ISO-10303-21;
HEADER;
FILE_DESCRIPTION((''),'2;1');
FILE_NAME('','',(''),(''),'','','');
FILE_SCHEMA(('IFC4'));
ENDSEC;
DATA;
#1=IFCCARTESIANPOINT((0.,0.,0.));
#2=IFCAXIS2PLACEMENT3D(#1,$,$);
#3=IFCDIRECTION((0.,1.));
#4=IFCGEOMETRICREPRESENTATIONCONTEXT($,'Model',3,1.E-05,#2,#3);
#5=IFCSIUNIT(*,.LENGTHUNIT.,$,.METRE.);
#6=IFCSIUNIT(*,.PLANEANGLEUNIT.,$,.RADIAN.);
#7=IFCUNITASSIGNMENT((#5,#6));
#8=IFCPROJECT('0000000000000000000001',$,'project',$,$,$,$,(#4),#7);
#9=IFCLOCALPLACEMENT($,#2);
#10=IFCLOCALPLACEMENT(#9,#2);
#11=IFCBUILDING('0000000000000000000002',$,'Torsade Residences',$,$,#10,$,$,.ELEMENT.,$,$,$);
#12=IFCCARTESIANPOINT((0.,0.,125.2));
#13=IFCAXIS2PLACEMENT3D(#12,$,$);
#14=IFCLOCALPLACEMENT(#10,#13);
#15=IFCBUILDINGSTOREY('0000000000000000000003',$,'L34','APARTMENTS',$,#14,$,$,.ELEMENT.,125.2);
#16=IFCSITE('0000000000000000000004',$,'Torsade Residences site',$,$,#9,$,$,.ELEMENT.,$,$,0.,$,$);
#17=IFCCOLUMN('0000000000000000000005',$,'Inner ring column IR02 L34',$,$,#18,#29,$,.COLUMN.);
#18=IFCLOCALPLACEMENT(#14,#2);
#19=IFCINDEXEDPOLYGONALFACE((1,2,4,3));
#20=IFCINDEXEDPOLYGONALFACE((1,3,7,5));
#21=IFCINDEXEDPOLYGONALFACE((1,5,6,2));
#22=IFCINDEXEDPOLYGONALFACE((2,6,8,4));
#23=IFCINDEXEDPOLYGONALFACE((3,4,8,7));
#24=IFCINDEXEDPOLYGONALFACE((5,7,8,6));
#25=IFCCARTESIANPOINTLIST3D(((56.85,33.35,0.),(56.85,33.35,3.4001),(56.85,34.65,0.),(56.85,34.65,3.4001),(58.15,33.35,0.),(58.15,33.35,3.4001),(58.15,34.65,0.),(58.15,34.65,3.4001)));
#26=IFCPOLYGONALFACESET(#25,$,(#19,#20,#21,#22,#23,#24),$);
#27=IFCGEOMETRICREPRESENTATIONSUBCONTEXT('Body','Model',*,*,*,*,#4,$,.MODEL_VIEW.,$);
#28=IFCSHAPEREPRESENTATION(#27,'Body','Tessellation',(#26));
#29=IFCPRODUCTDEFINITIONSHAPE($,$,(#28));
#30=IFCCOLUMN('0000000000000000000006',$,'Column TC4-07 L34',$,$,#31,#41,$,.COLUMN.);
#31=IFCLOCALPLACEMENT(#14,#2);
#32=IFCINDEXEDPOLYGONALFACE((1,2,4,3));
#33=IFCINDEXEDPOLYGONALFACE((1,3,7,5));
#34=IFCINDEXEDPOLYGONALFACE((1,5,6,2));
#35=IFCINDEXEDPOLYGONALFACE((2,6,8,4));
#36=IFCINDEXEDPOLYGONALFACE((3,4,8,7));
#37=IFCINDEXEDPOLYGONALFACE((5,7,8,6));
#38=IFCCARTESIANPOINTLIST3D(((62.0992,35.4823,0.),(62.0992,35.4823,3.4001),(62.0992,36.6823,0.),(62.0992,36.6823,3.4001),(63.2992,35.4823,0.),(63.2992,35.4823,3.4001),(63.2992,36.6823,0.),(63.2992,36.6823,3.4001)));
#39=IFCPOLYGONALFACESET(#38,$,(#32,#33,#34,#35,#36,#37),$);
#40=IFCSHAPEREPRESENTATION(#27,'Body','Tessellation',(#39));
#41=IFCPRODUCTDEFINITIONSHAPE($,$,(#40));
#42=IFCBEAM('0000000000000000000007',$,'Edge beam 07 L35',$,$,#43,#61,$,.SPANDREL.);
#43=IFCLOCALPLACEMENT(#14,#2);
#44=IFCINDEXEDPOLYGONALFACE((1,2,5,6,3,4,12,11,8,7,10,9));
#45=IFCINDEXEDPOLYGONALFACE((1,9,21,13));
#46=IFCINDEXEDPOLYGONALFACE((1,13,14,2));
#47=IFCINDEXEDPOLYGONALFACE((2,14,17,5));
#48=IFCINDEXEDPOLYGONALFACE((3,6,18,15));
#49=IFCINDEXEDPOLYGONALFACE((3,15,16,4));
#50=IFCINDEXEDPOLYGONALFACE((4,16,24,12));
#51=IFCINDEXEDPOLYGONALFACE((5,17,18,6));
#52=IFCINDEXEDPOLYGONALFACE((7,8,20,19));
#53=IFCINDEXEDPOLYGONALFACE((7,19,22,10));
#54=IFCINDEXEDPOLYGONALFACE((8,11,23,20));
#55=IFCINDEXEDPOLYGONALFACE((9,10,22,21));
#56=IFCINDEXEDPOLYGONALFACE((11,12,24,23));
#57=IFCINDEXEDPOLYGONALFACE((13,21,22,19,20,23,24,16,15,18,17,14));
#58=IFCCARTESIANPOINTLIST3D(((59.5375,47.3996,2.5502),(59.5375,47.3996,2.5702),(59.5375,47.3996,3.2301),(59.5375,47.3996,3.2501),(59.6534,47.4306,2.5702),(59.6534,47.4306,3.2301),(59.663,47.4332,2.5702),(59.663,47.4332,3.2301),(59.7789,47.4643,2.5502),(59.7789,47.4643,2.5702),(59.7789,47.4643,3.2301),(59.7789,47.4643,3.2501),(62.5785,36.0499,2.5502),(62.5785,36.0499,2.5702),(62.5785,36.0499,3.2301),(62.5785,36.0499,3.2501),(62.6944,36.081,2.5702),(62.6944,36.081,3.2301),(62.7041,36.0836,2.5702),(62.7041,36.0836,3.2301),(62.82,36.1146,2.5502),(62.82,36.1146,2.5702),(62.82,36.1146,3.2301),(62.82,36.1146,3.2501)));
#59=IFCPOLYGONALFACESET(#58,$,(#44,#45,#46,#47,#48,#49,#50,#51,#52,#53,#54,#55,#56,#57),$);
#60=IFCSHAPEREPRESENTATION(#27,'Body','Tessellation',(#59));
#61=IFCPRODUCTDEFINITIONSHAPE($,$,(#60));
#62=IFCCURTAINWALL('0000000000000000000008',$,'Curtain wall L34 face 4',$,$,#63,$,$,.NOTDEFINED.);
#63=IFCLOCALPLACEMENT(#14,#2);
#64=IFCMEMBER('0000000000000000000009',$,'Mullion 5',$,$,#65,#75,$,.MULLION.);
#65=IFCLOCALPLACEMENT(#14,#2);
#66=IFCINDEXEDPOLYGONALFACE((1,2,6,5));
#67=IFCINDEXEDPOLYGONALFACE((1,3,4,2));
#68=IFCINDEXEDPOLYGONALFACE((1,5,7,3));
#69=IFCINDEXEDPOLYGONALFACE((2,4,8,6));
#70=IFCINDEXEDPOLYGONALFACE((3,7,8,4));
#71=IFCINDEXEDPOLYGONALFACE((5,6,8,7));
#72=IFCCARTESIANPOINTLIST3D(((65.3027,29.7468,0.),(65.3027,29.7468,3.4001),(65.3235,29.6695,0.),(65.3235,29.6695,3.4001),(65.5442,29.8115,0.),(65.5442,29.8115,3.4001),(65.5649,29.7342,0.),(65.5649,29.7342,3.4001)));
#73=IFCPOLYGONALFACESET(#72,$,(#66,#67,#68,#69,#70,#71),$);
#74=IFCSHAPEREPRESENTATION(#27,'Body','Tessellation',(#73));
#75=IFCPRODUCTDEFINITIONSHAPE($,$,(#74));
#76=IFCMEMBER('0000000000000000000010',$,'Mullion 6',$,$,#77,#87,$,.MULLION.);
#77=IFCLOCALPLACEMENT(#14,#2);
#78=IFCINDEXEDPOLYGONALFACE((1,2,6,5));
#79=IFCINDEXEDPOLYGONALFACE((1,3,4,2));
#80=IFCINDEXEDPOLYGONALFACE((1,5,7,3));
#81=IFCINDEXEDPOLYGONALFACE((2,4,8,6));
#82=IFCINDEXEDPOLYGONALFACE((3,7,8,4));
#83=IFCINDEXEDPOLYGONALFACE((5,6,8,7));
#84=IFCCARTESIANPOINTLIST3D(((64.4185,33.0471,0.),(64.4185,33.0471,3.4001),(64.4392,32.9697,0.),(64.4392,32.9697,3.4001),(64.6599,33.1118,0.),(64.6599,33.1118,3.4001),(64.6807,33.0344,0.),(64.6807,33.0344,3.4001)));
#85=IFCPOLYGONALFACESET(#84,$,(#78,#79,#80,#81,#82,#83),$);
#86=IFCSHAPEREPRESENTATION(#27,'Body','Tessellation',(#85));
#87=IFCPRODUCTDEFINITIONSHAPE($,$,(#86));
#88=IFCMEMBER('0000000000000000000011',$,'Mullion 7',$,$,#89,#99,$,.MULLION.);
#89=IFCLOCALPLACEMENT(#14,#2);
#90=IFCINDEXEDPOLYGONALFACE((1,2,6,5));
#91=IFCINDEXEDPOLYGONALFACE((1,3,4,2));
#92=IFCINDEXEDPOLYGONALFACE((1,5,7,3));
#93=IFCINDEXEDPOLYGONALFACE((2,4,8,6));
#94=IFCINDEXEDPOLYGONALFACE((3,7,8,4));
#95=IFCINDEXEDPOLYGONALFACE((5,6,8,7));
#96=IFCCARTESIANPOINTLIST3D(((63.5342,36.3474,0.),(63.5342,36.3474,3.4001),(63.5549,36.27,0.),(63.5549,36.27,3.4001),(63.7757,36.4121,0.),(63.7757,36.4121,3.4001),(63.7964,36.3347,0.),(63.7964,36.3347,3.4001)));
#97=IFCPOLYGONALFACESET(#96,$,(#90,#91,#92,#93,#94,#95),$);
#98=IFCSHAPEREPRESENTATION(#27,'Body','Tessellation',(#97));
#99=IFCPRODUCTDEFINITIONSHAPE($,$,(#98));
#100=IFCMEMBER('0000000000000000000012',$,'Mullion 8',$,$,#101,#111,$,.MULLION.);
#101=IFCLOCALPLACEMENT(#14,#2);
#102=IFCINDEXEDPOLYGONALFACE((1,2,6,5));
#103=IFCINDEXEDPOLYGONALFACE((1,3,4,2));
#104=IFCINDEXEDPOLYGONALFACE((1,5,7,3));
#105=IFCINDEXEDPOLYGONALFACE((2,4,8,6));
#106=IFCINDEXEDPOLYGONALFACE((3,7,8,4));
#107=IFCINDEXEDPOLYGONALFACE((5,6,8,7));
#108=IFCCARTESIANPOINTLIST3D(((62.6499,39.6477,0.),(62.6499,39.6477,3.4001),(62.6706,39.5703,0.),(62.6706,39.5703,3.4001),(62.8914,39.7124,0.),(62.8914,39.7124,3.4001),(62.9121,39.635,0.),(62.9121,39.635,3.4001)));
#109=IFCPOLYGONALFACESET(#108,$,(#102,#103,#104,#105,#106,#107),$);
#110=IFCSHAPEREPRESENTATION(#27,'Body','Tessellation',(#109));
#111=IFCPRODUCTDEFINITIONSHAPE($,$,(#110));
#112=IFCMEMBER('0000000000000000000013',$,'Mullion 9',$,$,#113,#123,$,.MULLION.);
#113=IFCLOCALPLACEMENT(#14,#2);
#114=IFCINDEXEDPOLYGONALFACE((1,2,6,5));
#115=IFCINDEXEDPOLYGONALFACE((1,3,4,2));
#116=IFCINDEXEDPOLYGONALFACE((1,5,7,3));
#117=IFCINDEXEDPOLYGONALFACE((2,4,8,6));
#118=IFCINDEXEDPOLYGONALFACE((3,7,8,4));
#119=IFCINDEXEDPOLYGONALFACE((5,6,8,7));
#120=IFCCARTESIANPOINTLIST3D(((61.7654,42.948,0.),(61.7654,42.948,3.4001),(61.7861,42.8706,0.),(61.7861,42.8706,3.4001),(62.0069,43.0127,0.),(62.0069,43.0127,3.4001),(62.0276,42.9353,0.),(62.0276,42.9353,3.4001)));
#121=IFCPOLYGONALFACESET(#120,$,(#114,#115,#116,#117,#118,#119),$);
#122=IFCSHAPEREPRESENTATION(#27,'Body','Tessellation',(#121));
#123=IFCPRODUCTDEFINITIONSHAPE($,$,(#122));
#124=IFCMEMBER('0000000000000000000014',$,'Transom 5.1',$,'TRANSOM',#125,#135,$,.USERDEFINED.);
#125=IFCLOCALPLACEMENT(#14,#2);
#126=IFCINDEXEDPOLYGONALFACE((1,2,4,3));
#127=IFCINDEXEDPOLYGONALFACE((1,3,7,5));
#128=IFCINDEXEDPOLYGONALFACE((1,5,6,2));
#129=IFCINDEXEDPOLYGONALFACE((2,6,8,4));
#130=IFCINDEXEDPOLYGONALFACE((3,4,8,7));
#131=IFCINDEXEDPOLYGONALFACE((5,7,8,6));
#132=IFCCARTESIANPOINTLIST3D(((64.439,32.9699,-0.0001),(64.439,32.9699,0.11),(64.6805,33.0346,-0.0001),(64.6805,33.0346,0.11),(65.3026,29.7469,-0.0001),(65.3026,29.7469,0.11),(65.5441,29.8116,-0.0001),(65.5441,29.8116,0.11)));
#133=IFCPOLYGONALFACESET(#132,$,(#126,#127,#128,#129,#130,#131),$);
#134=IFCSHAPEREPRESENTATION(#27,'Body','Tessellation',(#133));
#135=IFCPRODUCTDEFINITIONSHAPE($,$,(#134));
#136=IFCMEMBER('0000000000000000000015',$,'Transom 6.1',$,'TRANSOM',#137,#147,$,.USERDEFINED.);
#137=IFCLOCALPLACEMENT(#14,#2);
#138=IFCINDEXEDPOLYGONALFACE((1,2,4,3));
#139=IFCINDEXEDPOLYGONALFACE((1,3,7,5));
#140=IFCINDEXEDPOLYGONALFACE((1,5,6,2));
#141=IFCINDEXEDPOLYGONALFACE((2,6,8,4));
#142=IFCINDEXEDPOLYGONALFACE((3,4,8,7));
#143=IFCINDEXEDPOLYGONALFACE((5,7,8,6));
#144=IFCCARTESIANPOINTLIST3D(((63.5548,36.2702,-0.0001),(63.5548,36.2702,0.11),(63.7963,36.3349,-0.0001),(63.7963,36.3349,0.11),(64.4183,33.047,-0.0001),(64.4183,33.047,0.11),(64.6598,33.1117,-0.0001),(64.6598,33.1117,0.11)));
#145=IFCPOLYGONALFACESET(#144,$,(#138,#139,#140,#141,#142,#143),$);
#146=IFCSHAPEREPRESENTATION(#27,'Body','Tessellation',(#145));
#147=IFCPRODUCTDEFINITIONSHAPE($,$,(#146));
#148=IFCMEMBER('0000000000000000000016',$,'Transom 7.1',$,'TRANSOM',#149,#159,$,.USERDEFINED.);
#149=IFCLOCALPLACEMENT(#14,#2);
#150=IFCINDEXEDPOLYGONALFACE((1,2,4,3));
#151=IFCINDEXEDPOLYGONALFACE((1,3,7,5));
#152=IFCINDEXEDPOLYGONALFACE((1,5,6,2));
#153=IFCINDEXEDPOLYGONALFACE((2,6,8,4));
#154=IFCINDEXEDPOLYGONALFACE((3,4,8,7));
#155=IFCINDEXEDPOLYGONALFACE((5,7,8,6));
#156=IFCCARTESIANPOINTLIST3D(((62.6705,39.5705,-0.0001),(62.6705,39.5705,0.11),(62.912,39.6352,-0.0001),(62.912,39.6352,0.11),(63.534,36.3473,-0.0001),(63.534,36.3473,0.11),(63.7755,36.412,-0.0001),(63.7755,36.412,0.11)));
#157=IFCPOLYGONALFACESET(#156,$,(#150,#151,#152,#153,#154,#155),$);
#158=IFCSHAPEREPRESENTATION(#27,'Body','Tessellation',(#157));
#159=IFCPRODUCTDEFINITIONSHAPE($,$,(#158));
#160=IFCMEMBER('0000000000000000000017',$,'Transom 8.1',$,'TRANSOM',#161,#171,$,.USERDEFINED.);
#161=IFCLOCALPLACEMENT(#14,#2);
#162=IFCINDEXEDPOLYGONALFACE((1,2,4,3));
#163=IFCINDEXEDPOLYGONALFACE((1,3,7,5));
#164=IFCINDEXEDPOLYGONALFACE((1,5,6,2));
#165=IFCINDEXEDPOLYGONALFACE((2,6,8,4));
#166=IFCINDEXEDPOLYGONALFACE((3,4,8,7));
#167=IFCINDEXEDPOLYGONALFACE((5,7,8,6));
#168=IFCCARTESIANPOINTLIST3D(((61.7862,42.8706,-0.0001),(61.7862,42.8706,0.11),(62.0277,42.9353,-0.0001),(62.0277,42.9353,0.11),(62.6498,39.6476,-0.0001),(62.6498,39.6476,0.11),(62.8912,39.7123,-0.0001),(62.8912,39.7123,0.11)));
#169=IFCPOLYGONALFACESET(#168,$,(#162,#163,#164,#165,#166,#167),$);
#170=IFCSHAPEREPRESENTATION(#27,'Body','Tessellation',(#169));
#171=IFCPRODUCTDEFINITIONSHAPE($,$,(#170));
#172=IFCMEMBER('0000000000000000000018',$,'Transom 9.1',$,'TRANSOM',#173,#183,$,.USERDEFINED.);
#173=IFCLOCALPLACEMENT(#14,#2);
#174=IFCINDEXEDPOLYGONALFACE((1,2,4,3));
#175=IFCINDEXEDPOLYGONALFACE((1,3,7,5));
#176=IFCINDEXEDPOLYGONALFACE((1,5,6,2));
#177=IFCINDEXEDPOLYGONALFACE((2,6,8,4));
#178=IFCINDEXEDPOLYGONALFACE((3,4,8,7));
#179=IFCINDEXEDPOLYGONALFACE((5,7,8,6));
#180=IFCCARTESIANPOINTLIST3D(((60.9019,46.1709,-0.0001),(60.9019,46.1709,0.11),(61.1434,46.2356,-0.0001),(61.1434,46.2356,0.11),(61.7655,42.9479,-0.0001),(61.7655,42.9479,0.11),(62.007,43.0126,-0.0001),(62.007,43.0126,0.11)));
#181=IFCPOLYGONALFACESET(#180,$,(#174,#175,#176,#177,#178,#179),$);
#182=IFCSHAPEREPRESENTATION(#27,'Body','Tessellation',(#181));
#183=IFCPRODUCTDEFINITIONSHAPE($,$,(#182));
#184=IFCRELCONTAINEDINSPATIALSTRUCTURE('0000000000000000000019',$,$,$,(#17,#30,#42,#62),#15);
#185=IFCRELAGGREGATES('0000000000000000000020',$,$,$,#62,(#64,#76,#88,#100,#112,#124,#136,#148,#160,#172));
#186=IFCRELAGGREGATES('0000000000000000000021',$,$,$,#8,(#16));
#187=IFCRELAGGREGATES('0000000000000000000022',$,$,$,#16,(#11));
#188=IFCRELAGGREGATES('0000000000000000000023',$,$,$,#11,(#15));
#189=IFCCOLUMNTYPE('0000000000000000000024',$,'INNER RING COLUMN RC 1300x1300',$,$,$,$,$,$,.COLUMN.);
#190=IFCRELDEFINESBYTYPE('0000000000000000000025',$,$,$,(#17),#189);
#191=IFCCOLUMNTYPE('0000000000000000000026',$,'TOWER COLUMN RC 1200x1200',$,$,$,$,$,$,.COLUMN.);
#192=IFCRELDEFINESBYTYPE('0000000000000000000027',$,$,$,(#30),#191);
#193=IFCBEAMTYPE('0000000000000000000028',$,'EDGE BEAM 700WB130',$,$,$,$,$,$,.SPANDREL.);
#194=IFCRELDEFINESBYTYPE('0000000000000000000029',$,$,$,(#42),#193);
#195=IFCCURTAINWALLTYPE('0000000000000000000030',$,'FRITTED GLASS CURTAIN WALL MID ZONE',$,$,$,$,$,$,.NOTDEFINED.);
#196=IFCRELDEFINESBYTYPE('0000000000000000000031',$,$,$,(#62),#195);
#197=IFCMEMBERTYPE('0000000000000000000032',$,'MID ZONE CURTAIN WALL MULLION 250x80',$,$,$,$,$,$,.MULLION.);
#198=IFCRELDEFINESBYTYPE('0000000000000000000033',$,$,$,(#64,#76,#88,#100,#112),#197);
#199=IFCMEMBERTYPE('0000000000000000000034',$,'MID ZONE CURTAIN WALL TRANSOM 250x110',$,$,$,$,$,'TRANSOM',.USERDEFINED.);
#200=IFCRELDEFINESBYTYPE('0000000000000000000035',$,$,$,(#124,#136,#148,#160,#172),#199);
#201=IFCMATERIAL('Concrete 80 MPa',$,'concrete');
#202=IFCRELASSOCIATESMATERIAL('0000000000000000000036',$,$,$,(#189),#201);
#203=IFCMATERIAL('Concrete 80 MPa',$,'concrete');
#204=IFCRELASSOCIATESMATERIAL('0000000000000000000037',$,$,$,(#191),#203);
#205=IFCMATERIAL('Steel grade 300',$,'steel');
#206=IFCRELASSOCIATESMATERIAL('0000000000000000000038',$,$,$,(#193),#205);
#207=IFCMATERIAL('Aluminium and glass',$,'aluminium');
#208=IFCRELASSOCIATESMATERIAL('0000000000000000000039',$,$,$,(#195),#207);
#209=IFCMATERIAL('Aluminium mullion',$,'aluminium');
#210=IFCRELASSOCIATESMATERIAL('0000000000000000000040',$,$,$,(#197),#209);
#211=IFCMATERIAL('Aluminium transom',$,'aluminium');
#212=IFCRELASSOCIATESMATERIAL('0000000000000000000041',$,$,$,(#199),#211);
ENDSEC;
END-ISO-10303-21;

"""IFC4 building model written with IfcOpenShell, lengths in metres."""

from ifc_helpers import new_model, si_unit, direction, frame, origin, origin_2d, place, context, subcontext, project, spatial, rectangle, i_section, extrude, material, material_profile, profile_set, type_object, element, aggregate, save


model = new_model("IFC4")

# Units and contexts
model_context = context("Model", 3, precision=1e-05, world=origin(), true_north=direction((0.0, 1.0)))
body_context = subcontext(model_context, "Body", "Model", "MODEL_VIEW")
ifc_project = project(units=[si_unit("LENGTHUNIT", "METRE"), si_unit("PLANEANGLEUNIT", "RADIAN")], contexts=[model_context])

# Site, building, storey
site_placement = place(None, origin())
site = spatial("IfcSite", under=ifc_project, at=site_placement, Name="Torsade Residences site", CompositionType="ELEMENT", RefElevation=0.0)
building_placement = place(site_placement, origin())
building = spatial("IfcBuilding", under=site, at=building_placement, Name="Torsade Residences", CompositionType="ELEMENT")
storey_placement = place(building_placement, frame((0.0, 0.0, 125.2)))
storey = spatial("IfcBuildingStorey", under=building, at=storey_placement, Name="L34", Description="APARTMENTS", CompositionType="ELEMENT", Elevation=125.2)

# Columns
ifc_material_1 = material(Name="Concrete 80 MPa", Category="concrete")
ifc_material_profile_1 = material_profile(ifc_material_1, rectangle(XDim=1.3, YDim=1.3, at=origin_2d()), Name="RC 1300x1300")
ifc_profile_set_1 = profile_set([ifc_material_profile_1], Name="Concrete 80 MPa")
column_type_1 = type_object("IfcColumnType", Name="INNER RING COLUMN RC 1300x1300", PredefinedType="COLUMN", material=ifc_profile_set_1)
column_1_placement = place(storey_placement, frame((57.5, 34.0, 0.0), z_axis=(0.0, 0.0, 1.0), x_axis=(1.0, 0.0, 0.0)))
element("IfcColumn", 1, at=column_1_placement, inside=storey, type_object=column_type_1, Name="Inner ring column IR02 L34", PredefinedType="COLUMN", context=body_context, shape_type="SweptSolid", body=[
    extrude(rectangle(XDim=1.3, YDim=1.3, at=origin_2d()), origin(), (0.0, 0.0, 1.0), 3.4001),
])
ifc_material_2 = material(Name="Concrete 80 MPa", Category="concrete")
ifc_material_profile_2 = material_profile(ifc_material_2, rectangle(XDim=1.2, YDim=1.2, at=origin_2d()), Name="RC 1200x1200")
ifc_profile_set_2 = profile_set([ifc_material_profile_2], Name="Concrete 80 MPa")
column_type_2 = type_object("IfcColumnType", Name="TOWER COLUMN RC 1200x1200", PredefinedType="COLUMN", material=ifc_profile_set_2)
column_2_placement = place(storey_placement, frame((62.6992, 36.0823, 0.0), z_axis=(0.0, 0.0, 1.0), x_axis=(1.0, 0.0, 0.0)))
element("IfcColumn", 2, at=column_2_placement, inside=storey, type_object=column_type_2, Name="Column TC4-07 L34", PredefinedType="COLUMN", context=body_context, shape_type="SweptSolid", body=[
    extrude(rectangle(XDim=1.2, YDim=1.2, at=origin_2d()), origin(), (0.0, 0.0, 1.0), 3.4001),
])

# Beam
ifc_material_3 = material(Name="Steel grade 300", Category="steel")
ifc_material_profile_3 = material_profile(ifc_material_3, i_section(OverallWidth=0.25, OverallDepth=0.7, WebThickness=0.01, FlangeThickness=0.02, at=origin_2d()), Name="700WB130")
ifc_profile_set_3 = profile_set([ifc_material_profile_3], Name="Steel grade 300")
beam_type_1 = type_object("IfcBeamType", Name="EDGE BEAM 700WB130", PredefinedType="SPANDREL", material=ifc_profile_set_3)
beam_1_placement = place(storey_placement, frame((62.6992, 36.0823, 2.9001), z_axis=(-0.258811, 0.965928, 0.0), x_axis=(-0.965928, -0.258811, 0.0)))
element("IfcBeam", 3, at=beam_1_placement, inside=storey, type_object=beam_type_1, Name="Edge beam 07 L35", PredefinedType="SPANDREL", context=body_context, shape_type="SweptSolid", body=[
    extrude(i_section(OverallWidth=0.25, OverallDepth=0.7, WebThickness=0.01, FlangeThickness=0.02, at=origin_2d()), origin(), (0.0, 0.0, 1.0), 11.75),
])

# Curtain wall, members
ifc_material_4 = material(Name="Aluminium and glass", Category="aluminium")
curtain_wall_type = type_object("IfcCurtainWallType", Name="FRITTED GLASS CURTAIN WALL MID ZONE", PredefinedType="NOTDEFINED", material=ifc_material_4)
curtain_wall_placement = place(storey_placement, origin())
curtain_wall = element("IfcCurtainWall", 4, at=curtain_wall_placement, inside=storey, type_object=curtain_wall_type, Name="Curtain wall L34 face 4", PredefinedType="NOTDEFINED")
ifc_material_5 = material(Name="Aluminium mullion", Category="aluminium")
ifc_material_profile_4 = material_profile(ifc_material_5, rectangle(XDim=0.25, YDim=0.0801, at=origin_2d()), Name="MID ZONE CURTAIN WALL MULLION 250x80")
ifc_profile_set_4 = profile_set([ifc_material_profile_4], Name="Aluminium mullion")
member_type_1 = type_object("IfcMemberType", Name="MID ZONE CURTAIN WALL MULLION 250x80", PredefinedType="MULLION", material=ifc_profile_set_4)
member_1_placement = place(storey_placement, frame((65.4338, 29.7405, 0.0), z_axis=(0.0, 0.0, 1.0), x_axis=(-0.965926, -0.258819, 0.0)))
member_1 = element("IfcMember", 5, at=member_1_placement, type_object=member_type_1, Name="Mullion 5", PredefinedType="MULLION", context=body_context, shape_type="SweptSolid", body=[
    extrude(rectangle(XDim=0.25, YDim=0.0801, at=origin_2d()), origin(), (0.0, 0.0, 1.0), 3.4001),
])
member_2_placement = place(storey_placement, frame((64.5496, 33.0408, 0.0), z_axis=(0.0, 0.0, 1.0), x_axis=(-0.965926, -0.258819, 0.0)))
member_2 = element("IfcMember", 6, at=member_2_placement, type_object=member_type_1, Name="Mullion 6", PredefinedType="MULLION", context=body_context, shape_type="SweptSolid", body=[
    extrude(rectangle(XDim=0.25, YDim=0.0801, at=origin_2d()), origin(), (0.0, 0.0, 1.0), 3.4001),
])
member_3_placement = place(storey_placement, frame((63.6653, 36.3411, 0.0), z_axis=(0.0, 0.0, 1.0), x_axis=(-0.965926, -0.258819, 0.0)))
member_3 = element("IfcMember", 7, at=member_3_placement, type_object=member_type_1, Name="Mullion 7", PredefinedType="MULLION", context=body_context, shape_type="SweptSolid", body=[
    extrude(rectangle(XDim=0.25, YDim=0.0801, at=origin_2d()), origin(), (0.0, 0.0, 1.0), 3.4001),
])
member_4_placement = place(storey_placement, frame((62.781, 39.6414, 0.0), z_axis=(0.0, 0.0, 1.0), x_axis=(-0.965926, -0.258819, 0.0)))
member_4 = element("IfcMember", 8, at=member_4_placement, type_object=member_type_1, Name="Mullion 8", PredefinedType="MULLION", context=body_context, shape_type="SweptSolid", body=[
    extrude(rectangle(XDim=0.25, YDim=0.0801, at=origin_2d()), origin(), (0.0, 0.0, 1.0), 3.4001),
])
member_5_placement = place(storey_placement, frame((61.8965, 42.9417, 0.0), z_axis=(0.0, 0.0, 1.0), x_axis=(-0.965926, -0.258819, 0.0)))
member_5 = element("IfcMember", 9, at=member_5_placement, type_object=member_type_1, Name="Mullion 9", PredefinedType="MULLION", context=body_context, shape_type="SweptSolid", body=[
    extrude(rectangle(XDim=0.25, YDim=0.0801, at=origin_2d()), origin(), (0.0, 0.0, 1.0), 3.4001),
])
ifc_material_6 = material(Name="Aluminium transom", Category="aluminium")
ifc_material_profile_5 = material_profile(ifc_material_6, rectangle(XDim=0.25, YDim=0.1101, at=origin_2d()), Name="MID ZONE CURTAIN WALL TRANSOM 250x110")
ifc_profile_set_5 = profile_set([ifc_material_profile_5], Name="Aluminium transom")
member_type_2 = type_object("IfcMemberType", Name="MID ZONE CURTAIN WALL TRANSOM 250x110", ElementType="TRANSOM", PredefinedType="USERDEFINED", material=ifc_profile_set_5)
member_6_placement = place(storey_placement, frame((65.4233, 29.7793, 0.0549), z_axis=(-0.258806, 0.965929, 0.0), x_axis=(-0.965929, -0.258806, 0.0)))
member_6 = element("IfcMember", 10, at=member_6_placement, type_object=member_type_2, Name="Transom 5.1", ObjectType="TRANSOM", PredefinedType="USERDEFINED", context=body_context, shape_type="SweptSolid", body=[
    extrude(rectangle(XDim=0.25, YDim=0.1101, at=origin_2d()), origin(), (0.0, 0.0, 1.0), 3.3367),
])
member_7_placement = place(storey_placement, frame((64.5391, 33.0793, 0.0549), z_axis=(-0.258787, 0.965934, 0.0), x_axis=(-0.965934, -0.258787, 0.0)))
member_7 = element("IfcMember", 11, at=member_7_placement, type_object=member_type_2, Name="Transom 6.1", ObjectType="TRANSOM", PredefinedType="USERDEFINED", context=body_context, shape_type="SweptSolid", body=[
    extrude(rectangle(XDim=0.25, YDim=0.1101, at=origin_2d()), origin(), (0.0, 0.0, 1.0), 3.3369),
])
member_8_placement = place(storey_placement, frame((63.6548, 36.3796, 0.0549), z_axis=(-0.258787, 0.965934, 0.0), x_axis=(-0.965934, -0.258787, 0.0)))
member_8 = element("IfcMember", 12, at=member_8_placement, type_object=member_type_2, Name="Transom 7.1", ObjectType="TRANSOM", PredefinedType="USERDEFINED", context=body_context, shape_type="SweptSolid", body=[
    extrude(rectangle(XDim=0.25, YDim=0.1101, at=origin_2d()), origin(), (0.0, 0.0, 1.0), 3.3369),
])
member_9_placement = place(storey_placement, frame((62.7705, 39.6799, 0.0549), z_axis=(-0.258806, 0.965929, 0.0), x_axis=(-0.965929, -0.258806, 0.0)))
member_9 = element("IfcMember", 13, at=member_9_placement, type_object=member_type_2, Name="Transom 8.1", ObjectType="TRANSOM", PredefinedType="USERDEFINED", context=body_context, shape_type="SweptSolid", body=[
    extrude(rectangle(XDim=0.25, YDim=0.1101, at=origin_2d()), origin(), (0.0, 0.0, 1.0), 3.3367),
])
member_10_placement = place(storey_placement, frame((61.8862, 42.9802, 0.0549), z_axis=(-0.258806, 0.965929, 0.0), x_axis=(-0.965929, -0.258806, 0.0)))
member_10 = element("IfcMember", 14, at=member_10_placement, type_object=member_type_2, Name="Transom 9.1", ObjectType="TRANSOM", PredefinedType="USERDEFINED", context=body_context, shape_type="SweptSolid", body=[
    extrude(rectangle(XDim=0.25, YDim=0.1101, at=origin_2d()), origin(), (0.0, 0.0, 1.0), 3.3367),
])

aggregate(curtain_wall, [member_1, member_2, member_3, member_4, member_5, member_6, member_7, member_8, member_9, member_10])

save(model, "model.ifc")
